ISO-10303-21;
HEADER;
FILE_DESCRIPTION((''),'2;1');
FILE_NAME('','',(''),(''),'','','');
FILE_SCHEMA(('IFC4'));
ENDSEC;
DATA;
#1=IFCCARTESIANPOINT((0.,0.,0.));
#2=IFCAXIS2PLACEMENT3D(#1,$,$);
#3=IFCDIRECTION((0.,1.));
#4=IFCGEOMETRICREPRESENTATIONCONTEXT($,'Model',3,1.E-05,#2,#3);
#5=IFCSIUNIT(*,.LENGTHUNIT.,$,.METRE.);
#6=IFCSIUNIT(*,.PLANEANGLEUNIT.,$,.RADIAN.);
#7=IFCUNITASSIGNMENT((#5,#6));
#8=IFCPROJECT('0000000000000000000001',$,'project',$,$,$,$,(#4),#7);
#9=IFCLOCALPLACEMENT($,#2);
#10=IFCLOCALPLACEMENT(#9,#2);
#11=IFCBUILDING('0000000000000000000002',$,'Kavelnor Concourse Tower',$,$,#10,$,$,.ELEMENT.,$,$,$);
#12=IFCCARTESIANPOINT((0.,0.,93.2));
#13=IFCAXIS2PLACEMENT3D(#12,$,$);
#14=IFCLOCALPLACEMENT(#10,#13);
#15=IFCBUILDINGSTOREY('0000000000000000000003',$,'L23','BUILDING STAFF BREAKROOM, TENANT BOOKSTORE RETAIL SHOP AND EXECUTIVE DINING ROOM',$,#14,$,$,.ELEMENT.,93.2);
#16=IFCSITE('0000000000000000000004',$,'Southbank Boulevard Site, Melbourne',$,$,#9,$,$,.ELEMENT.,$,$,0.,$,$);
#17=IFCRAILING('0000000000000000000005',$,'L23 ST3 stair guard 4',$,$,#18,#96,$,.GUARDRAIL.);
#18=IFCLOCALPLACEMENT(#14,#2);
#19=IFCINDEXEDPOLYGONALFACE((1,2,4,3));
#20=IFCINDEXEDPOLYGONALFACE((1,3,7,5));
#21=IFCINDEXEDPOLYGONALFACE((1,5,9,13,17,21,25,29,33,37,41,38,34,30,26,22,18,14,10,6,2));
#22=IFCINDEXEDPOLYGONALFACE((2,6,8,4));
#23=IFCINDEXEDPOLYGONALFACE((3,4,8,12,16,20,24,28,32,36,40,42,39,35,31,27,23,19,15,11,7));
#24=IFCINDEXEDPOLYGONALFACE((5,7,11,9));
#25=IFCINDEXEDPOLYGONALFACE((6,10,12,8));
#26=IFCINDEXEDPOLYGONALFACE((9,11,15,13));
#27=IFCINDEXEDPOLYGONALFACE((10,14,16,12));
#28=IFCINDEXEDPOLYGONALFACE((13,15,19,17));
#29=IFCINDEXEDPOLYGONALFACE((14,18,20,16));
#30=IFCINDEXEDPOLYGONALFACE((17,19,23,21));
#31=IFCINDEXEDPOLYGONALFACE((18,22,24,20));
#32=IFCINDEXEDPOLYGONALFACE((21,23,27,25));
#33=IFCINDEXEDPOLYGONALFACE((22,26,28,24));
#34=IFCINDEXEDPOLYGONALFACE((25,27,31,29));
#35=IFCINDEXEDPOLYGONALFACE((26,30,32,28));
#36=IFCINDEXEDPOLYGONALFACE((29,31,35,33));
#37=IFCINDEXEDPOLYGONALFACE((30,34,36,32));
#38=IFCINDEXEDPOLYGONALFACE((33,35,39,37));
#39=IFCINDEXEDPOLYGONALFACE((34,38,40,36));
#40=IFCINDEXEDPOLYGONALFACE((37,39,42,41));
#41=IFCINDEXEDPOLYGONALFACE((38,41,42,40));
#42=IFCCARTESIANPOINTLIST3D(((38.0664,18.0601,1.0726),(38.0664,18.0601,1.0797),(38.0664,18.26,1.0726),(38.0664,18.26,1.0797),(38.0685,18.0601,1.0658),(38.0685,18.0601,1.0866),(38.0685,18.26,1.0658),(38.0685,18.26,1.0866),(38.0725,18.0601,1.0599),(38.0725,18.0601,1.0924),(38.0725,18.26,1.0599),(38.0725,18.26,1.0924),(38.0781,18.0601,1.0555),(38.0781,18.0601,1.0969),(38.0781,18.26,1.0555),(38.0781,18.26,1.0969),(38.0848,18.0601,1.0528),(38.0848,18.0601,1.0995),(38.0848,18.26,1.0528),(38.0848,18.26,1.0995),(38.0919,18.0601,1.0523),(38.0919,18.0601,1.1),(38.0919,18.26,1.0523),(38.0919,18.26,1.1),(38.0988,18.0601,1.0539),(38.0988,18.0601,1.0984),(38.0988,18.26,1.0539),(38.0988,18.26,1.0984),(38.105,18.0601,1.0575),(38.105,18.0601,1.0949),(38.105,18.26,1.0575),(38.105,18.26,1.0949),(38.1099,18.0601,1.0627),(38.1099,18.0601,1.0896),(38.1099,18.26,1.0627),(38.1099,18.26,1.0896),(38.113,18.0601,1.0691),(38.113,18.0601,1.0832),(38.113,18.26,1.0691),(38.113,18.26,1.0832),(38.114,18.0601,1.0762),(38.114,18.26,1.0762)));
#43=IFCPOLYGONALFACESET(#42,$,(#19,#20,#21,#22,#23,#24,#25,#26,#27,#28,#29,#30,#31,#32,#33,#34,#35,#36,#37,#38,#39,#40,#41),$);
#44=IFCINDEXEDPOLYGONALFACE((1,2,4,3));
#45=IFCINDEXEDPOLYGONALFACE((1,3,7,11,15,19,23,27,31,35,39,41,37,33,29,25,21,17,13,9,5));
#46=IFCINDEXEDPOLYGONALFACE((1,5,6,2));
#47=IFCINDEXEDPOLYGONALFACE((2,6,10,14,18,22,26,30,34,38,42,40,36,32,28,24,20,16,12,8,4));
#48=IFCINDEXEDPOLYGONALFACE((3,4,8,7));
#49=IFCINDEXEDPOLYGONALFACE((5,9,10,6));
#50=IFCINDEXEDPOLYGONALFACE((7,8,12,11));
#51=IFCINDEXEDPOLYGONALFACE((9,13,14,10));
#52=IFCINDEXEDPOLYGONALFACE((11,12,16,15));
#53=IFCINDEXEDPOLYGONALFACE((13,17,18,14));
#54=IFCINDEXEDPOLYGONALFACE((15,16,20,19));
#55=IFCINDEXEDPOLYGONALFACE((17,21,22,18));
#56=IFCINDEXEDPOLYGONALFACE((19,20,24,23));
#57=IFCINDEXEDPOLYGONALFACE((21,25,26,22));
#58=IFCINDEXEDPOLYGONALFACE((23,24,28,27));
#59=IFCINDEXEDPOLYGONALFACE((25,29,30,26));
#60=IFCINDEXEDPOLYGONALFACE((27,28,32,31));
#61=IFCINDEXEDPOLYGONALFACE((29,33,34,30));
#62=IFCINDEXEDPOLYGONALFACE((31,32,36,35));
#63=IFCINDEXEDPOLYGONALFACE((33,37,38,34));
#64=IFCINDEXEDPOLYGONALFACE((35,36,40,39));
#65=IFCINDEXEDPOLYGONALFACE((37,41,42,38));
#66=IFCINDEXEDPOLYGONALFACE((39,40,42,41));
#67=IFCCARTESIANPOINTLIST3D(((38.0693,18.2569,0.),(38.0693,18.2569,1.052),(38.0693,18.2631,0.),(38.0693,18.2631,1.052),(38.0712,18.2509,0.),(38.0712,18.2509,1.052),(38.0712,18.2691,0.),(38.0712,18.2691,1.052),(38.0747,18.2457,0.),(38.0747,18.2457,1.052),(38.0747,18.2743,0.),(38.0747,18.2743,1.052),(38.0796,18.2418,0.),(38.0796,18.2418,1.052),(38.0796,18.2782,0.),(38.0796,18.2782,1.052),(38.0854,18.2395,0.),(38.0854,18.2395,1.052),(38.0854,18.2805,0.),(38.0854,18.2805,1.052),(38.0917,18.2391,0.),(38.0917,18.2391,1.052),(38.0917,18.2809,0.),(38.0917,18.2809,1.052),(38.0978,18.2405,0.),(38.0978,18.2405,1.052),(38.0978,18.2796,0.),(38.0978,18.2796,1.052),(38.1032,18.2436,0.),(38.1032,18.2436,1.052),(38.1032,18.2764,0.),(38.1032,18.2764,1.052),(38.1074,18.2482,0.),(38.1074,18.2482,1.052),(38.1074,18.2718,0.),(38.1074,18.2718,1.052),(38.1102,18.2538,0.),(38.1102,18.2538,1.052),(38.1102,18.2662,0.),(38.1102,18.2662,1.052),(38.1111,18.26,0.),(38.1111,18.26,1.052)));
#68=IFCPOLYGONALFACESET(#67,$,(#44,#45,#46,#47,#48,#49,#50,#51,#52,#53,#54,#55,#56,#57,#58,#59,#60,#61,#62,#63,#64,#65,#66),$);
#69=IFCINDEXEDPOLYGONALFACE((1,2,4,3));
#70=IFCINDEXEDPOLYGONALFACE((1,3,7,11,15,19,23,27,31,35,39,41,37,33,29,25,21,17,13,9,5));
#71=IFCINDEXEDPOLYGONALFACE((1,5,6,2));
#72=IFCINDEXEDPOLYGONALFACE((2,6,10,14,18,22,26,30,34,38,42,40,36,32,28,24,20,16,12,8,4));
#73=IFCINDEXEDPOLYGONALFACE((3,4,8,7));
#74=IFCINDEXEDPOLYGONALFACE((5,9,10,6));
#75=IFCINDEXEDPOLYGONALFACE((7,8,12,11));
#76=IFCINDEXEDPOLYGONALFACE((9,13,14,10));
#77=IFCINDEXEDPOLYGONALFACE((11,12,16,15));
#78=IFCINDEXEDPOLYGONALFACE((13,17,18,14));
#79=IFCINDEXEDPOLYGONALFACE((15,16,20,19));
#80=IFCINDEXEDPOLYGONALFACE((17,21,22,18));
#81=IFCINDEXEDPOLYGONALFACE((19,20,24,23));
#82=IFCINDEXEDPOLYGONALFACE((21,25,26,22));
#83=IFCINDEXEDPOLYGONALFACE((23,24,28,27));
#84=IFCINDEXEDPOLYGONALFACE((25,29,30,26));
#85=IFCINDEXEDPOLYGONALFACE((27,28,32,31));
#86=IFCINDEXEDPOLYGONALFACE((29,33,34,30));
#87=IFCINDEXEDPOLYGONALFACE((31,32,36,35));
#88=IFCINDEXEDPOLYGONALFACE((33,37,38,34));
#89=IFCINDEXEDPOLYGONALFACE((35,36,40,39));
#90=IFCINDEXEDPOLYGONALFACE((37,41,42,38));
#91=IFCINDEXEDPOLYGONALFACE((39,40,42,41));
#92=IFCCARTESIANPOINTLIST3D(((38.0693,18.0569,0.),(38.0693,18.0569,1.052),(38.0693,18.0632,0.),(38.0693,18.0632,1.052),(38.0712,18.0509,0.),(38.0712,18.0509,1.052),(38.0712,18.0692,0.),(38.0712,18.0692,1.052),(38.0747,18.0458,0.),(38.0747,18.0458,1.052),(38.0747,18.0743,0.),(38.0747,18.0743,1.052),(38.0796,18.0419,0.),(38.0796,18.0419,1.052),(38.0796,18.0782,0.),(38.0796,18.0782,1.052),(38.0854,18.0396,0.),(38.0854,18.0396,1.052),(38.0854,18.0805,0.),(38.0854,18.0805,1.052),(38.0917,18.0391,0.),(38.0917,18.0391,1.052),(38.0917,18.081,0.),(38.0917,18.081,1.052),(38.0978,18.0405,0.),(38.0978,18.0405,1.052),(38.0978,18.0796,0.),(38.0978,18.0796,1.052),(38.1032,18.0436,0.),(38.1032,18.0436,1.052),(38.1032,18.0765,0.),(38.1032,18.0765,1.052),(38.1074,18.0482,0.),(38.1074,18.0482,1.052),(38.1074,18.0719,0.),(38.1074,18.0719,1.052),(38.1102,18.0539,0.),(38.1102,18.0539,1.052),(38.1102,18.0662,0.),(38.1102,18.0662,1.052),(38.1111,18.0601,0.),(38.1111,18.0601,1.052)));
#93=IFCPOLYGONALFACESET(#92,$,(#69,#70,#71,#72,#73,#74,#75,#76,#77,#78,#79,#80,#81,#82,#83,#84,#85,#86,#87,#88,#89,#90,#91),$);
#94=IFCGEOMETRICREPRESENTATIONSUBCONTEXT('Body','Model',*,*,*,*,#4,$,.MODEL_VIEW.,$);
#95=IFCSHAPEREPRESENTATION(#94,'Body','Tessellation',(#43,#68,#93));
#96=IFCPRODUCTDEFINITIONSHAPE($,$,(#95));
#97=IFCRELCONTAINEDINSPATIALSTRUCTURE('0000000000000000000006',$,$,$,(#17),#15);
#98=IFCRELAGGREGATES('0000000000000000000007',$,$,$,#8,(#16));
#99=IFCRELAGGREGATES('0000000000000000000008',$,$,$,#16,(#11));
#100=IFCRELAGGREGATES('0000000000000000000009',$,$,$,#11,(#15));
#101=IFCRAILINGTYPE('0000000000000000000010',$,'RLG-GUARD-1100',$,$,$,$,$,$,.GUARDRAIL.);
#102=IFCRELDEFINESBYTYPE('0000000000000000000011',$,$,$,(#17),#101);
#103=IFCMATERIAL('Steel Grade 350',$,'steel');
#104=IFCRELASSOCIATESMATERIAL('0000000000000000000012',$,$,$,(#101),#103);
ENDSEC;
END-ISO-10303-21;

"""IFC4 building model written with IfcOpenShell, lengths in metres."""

from ifc_helpers import new_model, si_unit, direction, frame, origin, origin_2d, place, context, subcontext, project, spatial, circle, extrude, material, type_object, element, save


model = new_model("IFC4")

# Units and contexts
model_context = context("Model", 3, precision=1e-05, world=origin(), true_north=direction((0.0, 1.0)))
body_context = subcontext(model_context, "Body", "Model", "MODEL_VIEW")
ifc_project = project(units=[si_unit("LENGTHUNIT", "METRE"), si_unit("PLANEANGLEUNIT", "RADIAN")], contexts=[model_context])

# Site, building, storey
site_placement = place(None, origin())
site = spatial("IfcSite", under=ifc_project, at=site_placement, Name="Southbank Boulevard Site, Melbourne", CompositionType="ELEMENT", RefElevation=0.0)
building_placement = place(site_placement, origin())
building = spatial("IfcBuilding", under=site, at=building_placement, Name="Kavelnor Concourse Tower", CompositionType="ELEMENT")
storey_placement = place(building_placement, frame((0.0, 0.0, 93.2)))
storey = spatial("IfcBuildingStorey", under=building, at=storey_placement, Name="L23", Description="BUILDING STAFF BREAKROOM, TENANT BOOKSTORE RETAIL SHOP AND EXECUTIVE DINING ROOM", CompositionType="ELEMENT", Elevation=93.2)

# Shared definitions
ifc_material_1 = material(Name="Steel Grade 350", Category="steel")

# Railing
railing_type_1 = type_object("IfcRailingType", Name="RLG-GUARD-1100", PredefinedType="GUARDRAIL", material=ifc_material_1)
railing_1_placement = place(storey_placement, frame((38.0901, 18.26, 0.0)))
element("IfcRailing", 1, at=railing_1_placement, inside=storey, type_object=railing_type_1, Name="L23 ST3 stair guard 4", PredefinedType="GUARDRAIL", context=body_context, shape_type="SweptSolid", body=[
    extrude(circle(Radius=0.0239, at=origin_2d()), frame((0.0, 0.0, 1.0762), z_axis=(0.0, -1.0, 0.0), x_axis=(1.0, 0.0, 0.0)), (0.0, 0.0, 1.0), 0.2),
    extrude(circle(Radius=0.021, at=origin_2d()), origin(), (0.0, 0.0, 1.0), 1.052),
    extrude(circle(Radius=0.021, at=origin_2d()), frame((0.0, -0.2, 0.0)), (0.0, 0.0, 1.0), 1.052),
])

save(model, "model.ifc")
